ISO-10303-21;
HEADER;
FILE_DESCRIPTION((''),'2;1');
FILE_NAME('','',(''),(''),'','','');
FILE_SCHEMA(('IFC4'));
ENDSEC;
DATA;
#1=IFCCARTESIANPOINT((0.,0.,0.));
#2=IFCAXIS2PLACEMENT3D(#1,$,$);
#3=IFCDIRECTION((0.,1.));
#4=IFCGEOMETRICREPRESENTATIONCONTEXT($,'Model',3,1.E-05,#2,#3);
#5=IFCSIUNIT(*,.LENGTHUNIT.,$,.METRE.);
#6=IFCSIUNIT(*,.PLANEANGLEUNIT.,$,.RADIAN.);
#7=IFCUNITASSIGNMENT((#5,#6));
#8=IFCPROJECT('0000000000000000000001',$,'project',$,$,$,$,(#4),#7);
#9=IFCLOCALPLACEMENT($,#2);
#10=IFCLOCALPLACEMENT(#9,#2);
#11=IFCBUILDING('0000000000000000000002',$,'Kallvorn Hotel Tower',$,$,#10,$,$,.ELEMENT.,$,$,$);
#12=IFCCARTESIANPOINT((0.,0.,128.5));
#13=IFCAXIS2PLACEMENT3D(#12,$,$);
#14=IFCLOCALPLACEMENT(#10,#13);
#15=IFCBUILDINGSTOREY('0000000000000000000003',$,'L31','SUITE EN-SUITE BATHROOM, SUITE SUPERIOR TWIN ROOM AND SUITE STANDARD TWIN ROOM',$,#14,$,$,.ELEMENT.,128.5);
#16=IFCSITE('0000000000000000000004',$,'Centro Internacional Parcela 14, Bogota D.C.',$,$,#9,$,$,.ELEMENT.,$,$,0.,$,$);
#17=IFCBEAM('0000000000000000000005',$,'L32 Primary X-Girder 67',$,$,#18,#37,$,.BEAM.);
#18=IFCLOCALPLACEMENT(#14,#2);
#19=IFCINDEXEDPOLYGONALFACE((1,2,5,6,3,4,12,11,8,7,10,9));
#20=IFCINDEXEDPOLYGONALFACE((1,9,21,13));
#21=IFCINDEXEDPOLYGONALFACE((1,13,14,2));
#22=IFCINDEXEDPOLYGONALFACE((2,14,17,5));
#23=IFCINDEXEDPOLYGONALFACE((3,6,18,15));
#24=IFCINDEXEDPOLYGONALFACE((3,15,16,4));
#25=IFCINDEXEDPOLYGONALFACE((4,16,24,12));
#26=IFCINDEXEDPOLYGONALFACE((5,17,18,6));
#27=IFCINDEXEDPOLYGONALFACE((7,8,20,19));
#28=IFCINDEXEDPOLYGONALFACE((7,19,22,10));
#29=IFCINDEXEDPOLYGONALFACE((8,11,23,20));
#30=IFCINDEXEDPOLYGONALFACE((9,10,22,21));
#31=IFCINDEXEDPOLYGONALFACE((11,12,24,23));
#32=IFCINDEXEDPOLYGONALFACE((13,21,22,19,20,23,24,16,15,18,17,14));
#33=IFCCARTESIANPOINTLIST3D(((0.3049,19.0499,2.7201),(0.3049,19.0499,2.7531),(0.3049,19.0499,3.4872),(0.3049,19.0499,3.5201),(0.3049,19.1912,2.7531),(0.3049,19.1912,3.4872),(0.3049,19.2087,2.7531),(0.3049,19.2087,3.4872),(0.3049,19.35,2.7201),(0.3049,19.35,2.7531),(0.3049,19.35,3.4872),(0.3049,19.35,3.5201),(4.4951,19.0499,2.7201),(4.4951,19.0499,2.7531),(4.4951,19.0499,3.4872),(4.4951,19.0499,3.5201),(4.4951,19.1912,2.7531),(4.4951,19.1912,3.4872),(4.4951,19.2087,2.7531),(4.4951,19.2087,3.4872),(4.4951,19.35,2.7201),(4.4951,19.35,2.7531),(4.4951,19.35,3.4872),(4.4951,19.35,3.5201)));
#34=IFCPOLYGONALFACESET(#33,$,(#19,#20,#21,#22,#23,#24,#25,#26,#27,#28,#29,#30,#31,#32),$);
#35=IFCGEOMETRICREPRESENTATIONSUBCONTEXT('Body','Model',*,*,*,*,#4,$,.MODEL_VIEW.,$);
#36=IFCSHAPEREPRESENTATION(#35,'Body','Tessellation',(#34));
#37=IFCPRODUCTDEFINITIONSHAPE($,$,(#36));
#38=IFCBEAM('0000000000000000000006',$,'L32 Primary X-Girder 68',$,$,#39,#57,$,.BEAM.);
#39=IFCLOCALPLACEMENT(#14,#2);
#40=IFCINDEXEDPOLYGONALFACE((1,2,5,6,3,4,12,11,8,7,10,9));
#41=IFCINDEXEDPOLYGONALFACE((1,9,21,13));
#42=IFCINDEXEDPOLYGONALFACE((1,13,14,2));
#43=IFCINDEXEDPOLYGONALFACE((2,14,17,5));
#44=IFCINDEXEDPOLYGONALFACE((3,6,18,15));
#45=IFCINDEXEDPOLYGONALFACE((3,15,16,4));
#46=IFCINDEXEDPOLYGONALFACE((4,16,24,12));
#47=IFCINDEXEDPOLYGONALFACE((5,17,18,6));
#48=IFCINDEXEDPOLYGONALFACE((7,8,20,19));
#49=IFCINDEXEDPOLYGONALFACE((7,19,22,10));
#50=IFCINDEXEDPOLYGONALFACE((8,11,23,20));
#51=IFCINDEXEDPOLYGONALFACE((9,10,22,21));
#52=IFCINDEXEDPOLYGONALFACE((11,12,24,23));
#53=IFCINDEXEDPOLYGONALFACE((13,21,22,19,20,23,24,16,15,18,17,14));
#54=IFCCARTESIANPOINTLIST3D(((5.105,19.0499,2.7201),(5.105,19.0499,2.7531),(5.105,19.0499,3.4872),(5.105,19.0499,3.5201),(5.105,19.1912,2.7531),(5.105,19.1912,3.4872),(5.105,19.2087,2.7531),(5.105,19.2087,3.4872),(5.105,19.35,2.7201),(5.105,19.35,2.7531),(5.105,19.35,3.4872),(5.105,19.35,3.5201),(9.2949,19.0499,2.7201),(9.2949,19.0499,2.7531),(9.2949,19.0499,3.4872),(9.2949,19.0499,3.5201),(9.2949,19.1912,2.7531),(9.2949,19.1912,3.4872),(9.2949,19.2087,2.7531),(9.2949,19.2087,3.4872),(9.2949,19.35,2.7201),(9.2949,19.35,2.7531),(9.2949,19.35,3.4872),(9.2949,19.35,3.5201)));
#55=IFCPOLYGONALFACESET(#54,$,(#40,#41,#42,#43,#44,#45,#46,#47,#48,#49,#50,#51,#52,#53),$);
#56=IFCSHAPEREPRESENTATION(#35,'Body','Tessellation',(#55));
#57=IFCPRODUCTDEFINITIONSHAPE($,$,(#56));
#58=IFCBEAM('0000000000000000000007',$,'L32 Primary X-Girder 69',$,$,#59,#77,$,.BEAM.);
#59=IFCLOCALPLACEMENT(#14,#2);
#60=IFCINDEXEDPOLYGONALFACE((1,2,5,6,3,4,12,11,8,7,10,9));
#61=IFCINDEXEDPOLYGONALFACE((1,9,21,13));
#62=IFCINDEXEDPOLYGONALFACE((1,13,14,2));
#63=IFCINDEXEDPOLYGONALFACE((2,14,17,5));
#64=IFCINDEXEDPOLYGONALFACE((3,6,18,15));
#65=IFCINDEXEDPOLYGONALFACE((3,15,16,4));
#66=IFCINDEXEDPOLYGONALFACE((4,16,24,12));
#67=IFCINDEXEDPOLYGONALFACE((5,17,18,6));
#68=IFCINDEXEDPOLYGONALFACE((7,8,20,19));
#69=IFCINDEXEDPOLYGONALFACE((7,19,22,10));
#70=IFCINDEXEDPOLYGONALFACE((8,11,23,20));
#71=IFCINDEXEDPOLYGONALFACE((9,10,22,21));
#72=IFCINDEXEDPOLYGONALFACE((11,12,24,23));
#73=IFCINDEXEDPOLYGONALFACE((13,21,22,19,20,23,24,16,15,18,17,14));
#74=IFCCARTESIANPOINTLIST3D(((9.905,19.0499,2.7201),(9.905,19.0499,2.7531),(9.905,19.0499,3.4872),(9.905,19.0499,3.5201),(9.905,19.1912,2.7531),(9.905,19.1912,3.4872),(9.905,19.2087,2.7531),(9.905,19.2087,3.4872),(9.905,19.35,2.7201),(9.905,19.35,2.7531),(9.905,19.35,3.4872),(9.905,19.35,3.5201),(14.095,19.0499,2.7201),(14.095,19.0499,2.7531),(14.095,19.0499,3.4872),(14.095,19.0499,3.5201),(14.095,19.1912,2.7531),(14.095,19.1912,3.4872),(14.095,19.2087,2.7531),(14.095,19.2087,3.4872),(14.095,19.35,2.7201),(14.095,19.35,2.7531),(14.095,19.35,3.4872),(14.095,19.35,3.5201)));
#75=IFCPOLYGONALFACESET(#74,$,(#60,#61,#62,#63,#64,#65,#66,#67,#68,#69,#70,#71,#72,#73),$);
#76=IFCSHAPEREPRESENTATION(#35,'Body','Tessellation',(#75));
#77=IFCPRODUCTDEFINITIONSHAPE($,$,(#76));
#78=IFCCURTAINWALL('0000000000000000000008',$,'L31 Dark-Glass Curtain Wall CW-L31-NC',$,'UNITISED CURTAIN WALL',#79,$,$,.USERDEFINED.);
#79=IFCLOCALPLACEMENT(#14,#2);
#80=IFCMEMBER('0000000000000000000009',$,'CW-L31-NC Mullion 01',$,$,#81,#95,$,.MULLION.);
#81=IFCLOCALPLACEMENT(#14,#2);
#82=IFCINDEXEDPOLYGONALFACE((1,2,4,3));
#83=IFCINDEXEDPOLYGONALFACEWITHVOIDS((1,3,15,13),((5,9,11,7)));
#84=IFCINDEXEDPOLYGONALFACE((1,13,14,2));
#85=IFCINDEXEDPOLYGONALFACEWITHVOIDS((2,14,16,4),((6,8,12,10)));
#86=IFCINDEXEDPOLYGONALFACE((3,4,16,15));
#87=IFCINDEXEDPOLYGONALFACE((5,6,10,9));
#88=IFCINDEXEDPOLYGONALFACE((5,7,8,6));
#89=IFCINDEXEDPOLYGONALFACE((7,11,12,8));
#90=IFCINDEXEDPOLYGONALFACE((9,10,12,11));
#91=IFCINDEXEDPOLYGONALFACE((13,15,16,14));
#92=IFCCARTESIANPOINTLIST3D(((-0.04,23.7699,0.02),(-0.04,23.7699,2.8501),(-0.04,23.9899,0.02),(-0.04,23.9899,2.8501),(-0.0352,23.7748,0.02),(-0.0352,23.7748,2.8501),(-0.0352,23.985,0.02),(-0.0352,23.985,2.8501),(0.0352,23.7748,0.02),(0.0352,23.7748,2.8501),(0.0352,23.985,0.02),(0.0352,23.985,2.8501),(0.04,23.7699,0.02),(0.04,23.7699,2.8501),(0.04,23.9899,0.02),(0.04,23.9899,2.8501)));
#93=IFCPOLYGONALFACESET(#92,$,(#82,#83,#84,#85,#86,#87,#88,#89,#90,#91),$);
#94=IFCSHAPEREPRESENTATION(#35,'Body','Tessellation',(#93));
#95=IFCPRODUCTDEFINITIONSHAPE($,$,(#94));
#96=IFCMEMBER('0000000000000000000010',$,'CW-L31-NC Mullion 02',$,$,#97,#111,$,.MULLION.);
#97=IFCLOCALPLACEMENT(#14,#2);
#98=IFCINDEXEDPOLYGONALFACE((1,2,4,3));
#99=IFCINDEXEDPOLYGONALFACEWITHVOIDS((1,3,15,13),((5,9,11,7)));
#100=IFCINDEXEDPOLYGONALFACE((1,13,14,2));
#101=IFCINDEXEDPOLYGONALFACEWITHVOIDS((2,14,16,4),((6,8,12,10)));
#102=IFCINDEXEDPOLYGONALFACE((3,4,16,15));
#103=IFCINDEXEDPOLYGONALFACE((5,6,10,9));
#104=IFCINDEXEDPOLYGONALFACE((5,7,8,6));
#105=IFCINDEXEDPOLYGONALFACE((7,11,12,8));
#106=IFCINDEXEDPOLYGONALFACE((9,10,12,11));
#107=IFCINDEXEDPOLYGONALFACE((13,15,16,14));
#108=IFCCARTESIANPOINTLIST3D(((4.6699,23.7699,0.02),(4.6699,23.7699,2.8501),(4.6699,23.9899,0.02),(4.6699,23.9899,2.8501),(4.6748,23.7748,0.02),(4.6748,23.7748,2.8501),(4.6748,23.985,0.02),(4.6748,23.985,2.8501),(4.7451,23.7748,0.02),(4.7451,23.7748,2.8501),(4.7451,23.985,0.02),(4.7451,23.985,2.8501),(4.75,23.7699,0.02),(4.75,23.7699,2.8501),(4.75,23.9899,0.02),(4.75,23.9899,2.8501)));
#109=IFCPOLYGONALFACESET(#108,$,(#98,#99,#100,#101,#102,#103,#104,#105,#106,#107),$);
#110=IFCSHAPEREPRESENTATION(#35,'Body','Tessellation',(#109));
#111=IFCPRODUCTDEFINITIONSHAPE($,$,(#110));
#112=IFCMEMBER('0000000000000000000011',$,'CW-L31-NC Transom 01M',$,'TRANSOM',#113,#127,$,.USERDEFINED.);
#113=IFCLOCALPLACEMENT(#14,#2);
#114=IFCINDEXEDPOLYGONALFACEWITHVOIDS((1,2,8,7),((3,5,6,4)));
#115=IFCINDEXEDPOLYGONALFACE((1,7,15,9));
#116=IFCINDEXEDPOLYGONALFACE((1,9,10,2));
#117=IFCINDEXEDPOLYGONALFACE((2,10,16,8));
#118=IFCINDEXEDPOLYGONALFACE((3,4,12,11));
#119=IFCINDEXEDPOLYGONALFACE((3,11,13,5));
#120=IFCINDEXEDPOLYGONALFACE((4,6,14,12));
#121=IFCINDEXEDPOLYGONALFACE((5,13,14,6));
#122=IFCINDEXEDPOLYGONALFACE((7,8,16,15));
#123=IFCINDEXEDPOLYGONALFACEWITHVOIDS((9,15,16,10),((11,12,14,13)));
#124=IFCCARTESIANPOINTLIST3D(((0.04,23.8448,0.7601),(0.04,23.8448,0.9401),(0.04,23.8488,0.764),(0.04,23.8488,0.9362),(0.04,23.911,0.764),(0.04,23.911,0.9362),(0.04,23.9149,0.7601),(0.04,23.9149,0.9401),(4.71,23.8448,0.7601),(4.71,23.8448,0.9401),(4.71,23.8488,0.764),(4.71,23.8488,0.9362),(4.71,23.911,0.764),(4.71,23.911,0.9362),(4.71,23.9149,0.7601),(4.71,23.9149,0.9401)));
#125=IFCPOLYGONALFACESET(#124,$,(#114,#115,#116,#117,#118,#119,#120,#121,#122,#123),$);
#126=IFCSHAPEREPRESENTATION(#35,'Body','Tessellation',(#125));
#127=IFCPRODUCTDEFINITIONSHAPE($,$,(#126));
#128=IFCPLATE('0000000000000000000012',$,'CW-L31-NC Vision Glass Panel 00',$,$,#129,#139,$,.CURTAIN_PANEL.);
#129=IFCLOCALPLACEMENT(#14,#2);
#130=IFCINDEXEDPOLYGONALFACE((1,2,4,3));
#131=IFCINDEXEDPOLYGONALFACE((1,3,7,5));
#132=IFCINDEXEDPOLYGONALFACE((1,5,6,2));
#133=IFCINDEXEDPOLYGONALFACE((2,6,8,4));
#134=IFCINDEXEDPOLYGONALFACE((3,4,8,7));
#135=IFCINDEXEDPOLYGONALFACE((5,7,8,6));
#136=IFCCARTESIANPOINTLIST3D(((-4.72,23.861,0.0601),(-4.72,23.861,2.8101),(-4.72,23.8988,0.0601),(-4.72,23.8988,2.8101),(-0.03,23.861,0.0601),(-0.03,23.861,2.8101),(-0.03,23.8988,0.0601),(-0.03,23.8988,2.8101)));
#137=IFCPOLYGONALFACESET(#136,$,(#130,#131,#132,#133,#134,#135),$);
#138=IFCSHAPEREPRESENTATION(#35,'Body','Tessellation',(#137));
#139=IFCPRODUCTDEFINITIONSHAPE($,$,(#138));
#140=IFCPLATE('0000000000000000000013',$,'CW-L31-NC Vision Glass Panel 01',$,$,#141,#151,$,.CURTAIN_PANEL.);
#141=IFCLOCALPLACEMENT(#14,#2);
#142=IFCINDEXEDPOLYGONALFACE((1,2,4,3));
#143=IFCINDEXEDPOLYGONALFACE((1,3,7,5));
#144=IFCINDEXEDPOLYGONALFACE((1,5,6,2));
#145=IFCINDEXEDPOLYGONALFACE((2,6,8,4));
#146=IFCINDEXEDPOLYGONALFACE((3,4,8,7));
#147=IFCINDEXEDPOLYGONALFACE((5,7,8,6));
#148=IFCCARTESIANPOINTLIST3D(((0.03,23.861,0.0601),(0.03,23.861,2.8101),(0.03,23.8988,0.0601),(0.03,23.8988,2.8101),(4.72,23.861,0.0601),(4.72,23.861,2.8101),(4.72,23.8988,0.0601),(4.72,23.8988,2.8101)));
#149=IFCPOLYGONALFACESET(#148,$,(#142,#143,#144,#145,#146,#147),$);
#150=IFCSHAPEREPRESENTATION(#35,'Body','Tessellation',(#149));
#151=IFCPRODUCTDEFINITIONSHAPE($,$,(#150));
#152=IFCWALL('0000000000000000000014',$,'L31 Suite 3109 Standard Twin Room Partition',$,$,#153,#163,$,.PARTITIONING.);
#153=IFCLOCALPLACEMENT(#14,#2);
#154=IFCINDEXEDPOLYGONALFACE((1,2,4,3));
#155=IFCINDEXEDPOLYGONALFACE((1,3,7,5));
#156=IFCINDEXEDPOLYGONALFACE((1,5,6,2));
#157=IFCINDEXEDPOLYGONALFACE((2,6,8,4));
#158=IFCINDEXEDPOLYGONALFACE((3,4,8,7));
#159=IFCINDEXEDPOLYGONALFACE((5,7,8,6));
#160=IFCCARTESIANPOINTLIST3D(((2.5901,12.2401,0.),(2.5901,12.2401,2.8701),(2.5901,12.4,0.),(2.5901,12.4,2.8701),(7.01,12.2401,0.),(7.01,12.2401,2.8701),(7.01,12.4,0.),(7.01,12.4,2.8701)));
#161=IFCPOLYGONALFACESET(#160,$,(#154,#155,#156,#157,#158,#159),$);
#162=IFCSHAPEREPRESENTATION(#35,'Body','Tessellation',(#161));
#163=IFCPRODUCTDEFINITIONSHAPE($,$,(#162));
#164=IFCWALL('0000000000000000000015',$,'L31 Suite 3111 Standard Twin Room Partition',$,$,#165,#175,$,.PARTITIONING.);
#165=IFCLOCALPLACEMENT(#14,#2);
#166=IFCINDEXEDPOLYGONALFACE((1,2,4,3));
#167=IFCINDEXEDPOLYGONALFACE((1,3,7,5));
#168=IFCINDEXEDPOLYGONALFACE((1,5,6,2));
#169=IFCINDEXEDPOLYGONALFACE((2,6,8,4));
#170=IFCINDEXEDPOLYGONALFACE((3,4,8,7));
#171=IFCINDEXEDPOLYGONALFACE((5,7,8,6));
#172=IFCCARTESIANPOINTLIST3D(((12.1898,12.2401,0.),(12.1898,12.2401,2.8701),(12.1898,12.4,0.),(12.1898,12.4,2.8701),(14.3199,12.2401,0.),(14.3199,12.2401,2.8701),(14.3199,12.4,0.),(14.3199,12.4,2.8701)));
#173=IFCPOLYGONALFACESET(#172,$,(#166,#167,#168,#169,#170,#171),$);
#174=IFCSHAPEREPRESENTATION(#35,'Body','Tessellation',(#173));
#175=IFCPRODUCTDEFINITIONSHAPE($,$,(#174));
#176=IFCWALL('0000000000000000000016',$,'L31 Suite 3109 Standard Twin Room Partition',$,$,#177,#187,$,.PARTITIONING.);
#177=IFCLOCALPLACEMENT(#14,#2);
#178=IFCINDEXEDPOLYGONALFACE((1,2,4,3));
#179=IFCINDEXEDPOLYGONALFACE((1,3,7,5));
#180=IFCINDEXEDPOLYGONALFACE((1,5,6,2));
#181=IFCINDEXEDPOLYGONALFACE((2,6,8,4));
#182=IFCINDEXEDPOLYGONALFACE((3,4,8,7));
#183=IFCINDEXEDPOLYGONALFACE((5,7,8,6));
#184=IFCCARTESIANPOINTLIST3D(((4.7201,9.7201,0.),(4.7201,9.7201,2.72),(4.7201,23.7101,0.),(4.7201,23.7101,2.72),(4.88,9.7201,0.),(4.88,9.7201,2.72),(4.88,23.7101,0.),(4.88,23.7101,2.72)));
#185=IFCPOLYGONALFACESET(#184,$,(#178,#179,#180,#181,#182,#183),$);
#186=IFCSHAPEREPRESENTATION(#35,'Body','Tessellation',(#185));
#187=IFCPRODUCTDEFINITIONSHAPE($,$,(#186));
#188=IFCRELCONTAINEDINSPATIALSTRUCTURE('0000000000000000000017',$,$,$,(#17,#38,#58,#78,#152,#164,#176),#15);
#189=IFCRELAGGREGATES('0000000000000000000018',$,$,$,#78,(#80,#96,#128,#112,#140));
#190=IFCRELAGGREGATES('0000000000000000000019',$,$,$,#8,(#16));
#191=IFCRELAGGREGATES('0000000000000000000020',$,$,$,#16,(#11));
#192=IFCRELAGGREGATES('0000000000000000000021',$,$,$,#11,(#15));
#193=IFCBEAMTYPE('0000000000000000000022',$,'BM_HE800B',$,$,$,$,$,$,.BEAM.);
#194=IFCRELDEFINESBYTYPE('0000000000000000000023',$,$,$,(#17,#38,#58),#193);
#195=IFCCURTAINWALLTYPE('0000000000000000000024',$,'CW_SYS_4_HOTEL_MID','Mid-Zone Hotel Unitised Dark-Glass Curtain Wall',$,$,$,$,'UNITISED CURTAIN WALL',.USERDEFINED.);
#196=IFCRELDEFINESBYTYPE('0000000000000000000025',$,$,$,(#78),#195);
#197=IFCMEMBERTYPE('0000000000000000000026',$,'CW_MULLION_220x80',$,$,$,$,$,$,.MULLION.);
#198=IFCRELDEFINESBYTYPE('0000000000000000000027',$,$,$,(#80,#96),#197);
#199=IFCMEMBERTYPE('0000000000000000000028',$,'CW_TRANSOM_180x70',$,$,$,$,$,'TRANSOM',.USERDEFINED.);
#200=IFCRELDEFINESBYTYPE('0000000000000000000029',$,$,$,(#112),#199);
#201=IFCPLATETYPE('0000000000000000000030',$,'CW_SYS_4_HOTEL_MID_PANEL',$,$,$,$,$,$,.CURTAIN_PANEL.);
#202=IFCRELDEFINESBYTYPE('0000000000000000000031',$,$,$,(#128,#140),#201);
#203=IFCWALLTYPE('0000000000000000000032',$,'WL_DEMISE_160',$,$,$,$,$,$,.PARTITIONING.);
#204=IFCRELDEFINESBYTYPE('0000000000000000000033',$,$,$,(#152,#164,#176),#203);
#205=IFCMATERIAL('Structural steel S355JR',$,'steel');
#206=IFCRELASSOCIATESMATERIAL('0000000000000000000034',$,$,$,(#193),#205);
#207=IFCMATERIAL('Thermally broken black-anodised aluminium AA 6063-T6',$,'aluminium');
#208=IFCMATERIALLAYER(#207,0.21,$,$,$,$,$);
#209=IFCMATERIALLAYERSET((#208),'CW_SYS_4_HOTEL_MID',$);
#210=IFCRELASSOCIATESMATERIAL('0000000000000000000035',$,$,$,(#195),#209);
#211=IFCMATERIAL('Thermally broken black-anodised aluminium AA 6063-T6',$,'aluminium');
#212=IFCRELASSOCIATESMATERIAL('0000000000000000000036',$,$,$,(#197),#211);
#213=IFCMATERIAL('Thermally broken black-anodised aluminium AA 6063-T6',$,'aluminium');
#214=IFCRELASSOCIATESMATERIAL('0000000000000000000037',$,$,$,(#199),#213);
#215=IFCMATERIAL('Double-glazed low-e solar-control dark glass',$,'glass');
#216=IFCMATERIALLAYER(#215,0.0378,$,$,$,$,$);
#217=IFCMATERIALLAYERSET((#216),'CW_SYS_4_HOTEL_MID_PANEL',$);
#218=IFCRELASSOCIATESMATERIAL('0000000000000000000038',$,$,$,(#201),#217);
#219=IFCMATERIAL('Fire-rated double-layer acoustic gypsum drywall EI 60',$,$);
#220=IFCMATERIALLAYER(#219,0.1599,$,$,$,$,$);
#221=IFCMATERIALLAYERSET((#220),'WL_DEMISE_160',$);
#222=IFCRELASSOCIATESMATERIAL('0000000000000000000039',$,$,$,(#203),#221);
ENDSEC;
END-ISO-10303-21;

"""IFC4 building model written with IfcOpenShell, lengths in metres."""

from ifc_helpers import new_model, si_unit, direction, frame, frame_2d, origin, origin_2d, place, context, subcontext, project, spatial, rectangle, hollow_rectangle, i_section, extrude, material, layer, layer_set, material_profile, profile_set, type_object, element, aggregate, save


model = new_model("IFC4")

# Units and contexts
model_context = context("Model", 3, precision=1e-05, world=origin(), true_north=direction((0.0, 1.0)))
body_context = subcontext(model_context, "Body", "Model", "MODEL_VIEW")
ifc_project = project(units=[si_unit("LENGTHUNIT", "METRE"), si_unit("PLANEANGLEUNIT", "RADIAN")], contexts=[model_context])

# Site, building, storey
site_placement = place(None, origin())
site = spatial("IfcSite", under=ifc_project, at=site_placement, Name="Centro Internacional Parcela 14, Bogota D.C.", CompositionType="ELEMENT", RefElevation=0.0)
building_placement = place(site_placement, origin())
building = spatial("IfcBuilding", under=site, at=building_placement, Name="Kallvorn Hotel Tower", CompositionType="ELEMENT")
storey_placement = place(building_placement, frame((0.0, 0.0, 128.5)))
storey = spatial("IfcBuildingStorey", under=building, at=storey_placement, Name="L31", Description="SUITE EN-SUITE BATHROOM, SUITE SUPERIOR TWIN ROOM AND SUITE STANDARD TWIN ROOM", CompositionType="ELEMENT", Elevation=128.5)

# Beams
ifc_material_1 = material(Name="Structural steel S355JR", Category="steel")
ifc_material_profile_1 = material_profile(ifc_material_1, i_section(OverallWidth=0.3, OverallDepth=0.8, WebThickness=0.0176, FlangeThickness=0.033, at=origin_2d()), Name="HE 800 B")
ifc_profile_set_1 = profile_set([ifc_material_profile_1], Name="Structural steel S355JR")
beam_type_1 = type_object("IfcBeamType", Name="BM_HE800B", PredefinedType="BEAM", material=ifc_profile_set_1)
beam_1_placement = place(storey_placement, frame((0.3049, 19.2, 3.1201), z_axis=(1.0, 0.0, 0.0), x_axis=(0.0, 1.0, 0.0)))
element("IfcBeam", 1, at=beam_1_placement, inside=storey, type_object=beam_type_1, Name="L32 Primary X-Girder 67", PredefinedType="BEAM", context=body_context, shape_type="SweptSolid", body=[
    extrude(i_section(OverallWidth=0.3, OverallDepth=0.8, WebThickness=0.0176, FlangeThickness=0.033, at=origin_2d()), origin(), (0.0, 0.0, 1.0), 4.1902),
])
for number, where, z_axis, x_axis, name in (
    (2, (5.105, 19.2, 3.1201), (1.0, 0.0, 0.0), (0.0, 1.0, 0.0), "L32 Primary X-Girder 68"),
    (3, (9.905, 19.2, 3.1201), (1.0, 0.0, 0.0), (0.0, 1.0, 0.0), "L32 Primary X-Girder 69"),
):
    element("IfcBeam", number, at=place(storey_placement, frame(where, z_axis=z_axis, x_axis=x_axis)), inside=storey, type_object=beam_type_1, Name=name, PredefinedType="BEAM", context=body_context, shape_type="SweptSolid", body=[
        extrude(i_section(OverallWidth=0.3, OverallDepth=0.8, WebThickness=0.0176, FlangeThickness=0.033, at=origin_2d()), origin(), (0.0, 0.0, 1.0), 4.1899),
    ])

# Curtain wall, members, plates
ifc_material_2 = material(Name="Thermally broken black-anodised aluminium AA 6063-T6", Category="aluminium")
ifc_layer_1 = layer(ifc_material_2, 0.21)
ifc_layer_set_1 = layer_set([ifc_layer_1], Name="CW_SYS_4_HOTEL_MID")
curtain_wall_type = type_object("IfcCurtainWallType", Name="CW_SYS_4_HOTEL_MID", Description="Mid-Zone Hotel Unitised Dark-Glass Curtain Wall", ElementType="UNITISED CURTAIN WALL", PredefinedType="USERDEFINED", material=ifc_layer_set_1)
curtain_wall_placement = place(storey_placement, origin())
curtain_wall = element("IfcCurtainWall", 4, at=curtain_wall_placement, inside=storey, type_object=curtain_wall_type, Name="L31 Dark-Glass Curtain Wall CW-L31-NC", ObjectType="UNITISED CURTAIN WALL", PredefinedType="USERDEFINED")
ifc_material_3 = material(Name="Thermally broken black-anodised aluminium AA 6063-T6", Category="aluminium")
ifc_material_profile_2 = material_profile(ifc_material_3, hollow_rectangle(XDim=0.0801, YDim=0.22, WallThickness=0.0049, at=origin_2d()), Name="MUL 220x80")
ifc_profile_set_2 = profile_set([ifc_material_profile_2], Name="Thermally broken black-anodised aluminium AA 6063-T6")
member_type_1 = type_object("IfcMemberType", Name="CW_MULLION_220x80", PredefinedType="MULLION", material=ifc_profile_set_2)
member_1_placement = place(storey_placement, frame((0.0, 23.8799, 0.02), z_axis=(0.0, 0.0, 1.0), x_axis=(1.0, 0.0, 0.0)))
member_1 = element("IfcMember", 5, at=member_1_placement, type_object=member_type_1, Name="CW-L31-NC Mullion 01", PredefinedType="MULLION", context=body_context, shape_type="SweptSolid", body=[
    extrude(hollow_rectangle(XDim=0.0801, YDim=0.22, WallThickness=0.0049, at=origin_2d()), origin(), (0.0, 0.0, 1.0), 2.8301),
])
member_2_placement = place(storey_placement, frame((4.71, 23.8799, 0.02), z_axis=(0.0, 0.0, 1.0), x_axis=(1.0, 0.0, 0.0)))
member_2 = element("IfcMember", 6, at=member_2_placement, type_object=member_type_1, Name="CW-L31-NC Mullion 02", PredefinedType="MULLION", context=body_context, shape_type="SweptSolid", body=[
    extrude(hollow_rectangle(XDim=0.0801, YDim=0.22, WallThickness=0.0049, at=origin_2d()), origin(), (0.0, 0.0, 1.0), 2.8301),
])
ifc_material_4 = material(Name="Thermally broken black-anodised aluminium AA 6063-T6", Category="aluminium")
ifc_material_profile_3 = material_profile(ifc_material_4, hollow_rectangle(XDim=0.0701, YDim=0.1799, WallThickness=0.0039, at=origin_2d()), Name="TRN 180x70")
ifc_profile_set_3 = profile_set([ifc_material_profile_3], Name="Thermally broken black-anodised aluminium AA 6063-T6")
member_type_2 = type_object("IfcMemberType", Name="CW_TRANSOM_180x70", ElementType="TRANSOM", PredefinedType="USERDEFINED", material=ifc_profile_set_3)
member_3_placement = place(storey_placement, frame((0.04, 23.8799, 0.8501), z_axis=(1.0, 0.0, 0.0), x_axis=(0.0, 1.0, 0.0)))
member_3 = element("IfcMember", 7, at=member_3_placement, type_object=member_type_2, Name="CW-L31-NC Transom 01M", ObjectType="TRANSOM", PredefinedType="USERDEFINED", context=body_context, shape_type="SweptSolid", body=[
    extrude(hollow_rectangle(XDim=0.0701, YDim=0.1799, WallThickness=0.0039, at=origin_2d()), origin(), (0.0, 0.0, 1.0), 4.6699),
])
ifc_material_5 = material(Name="Double-glazed low-e solar-control dark glass", Category="glass")
ifc_layer_2 = layer(ifc_material_5, 0.0378)
ifc_layer_set_2 = layer_set([ifc_layer_2], Name="CW_SYS_4_HOTEL_MID_PANEL")
plate_type = type_object("IfcPlateType", Name="CW_SYS_4_HOTEL_MID_PANEL", PredefinedType="CURTAIN_PANEL", material=ifc_layer_set_2)
plate_1_placement = place(storey_placement, frame((-2.375, 23.8799, 0.0601), z_axis=(0.0, 0.0, 1.0), x_axis=(1.0, 0.0, 0.0)))
plate_1 = element("IfcPlate", 8, at=plate_1_placement, type_object=plate_type, Name="CW-L31-NC Vision Glass Panel 00", PredefinedType="CURTAIN_PANEL", context=body_context, shape_type="SweptSolid", body=[
    extrude(rectangle(XDim=4.6899, YDim=0.0378, at=origin_2d()), origin(), (0.0, 0.0, 1.0), 2.75),
])
plate_2_placement = place(storey_placement, frame((2.375, 23.8799, 0.0601), z_axis=(0.0, 0.0, 1.0), x_axis=(1.0, 0.0, 0.0)))
plate_2 = element("IfcPlate", 9, at=plate_2_placement, type_object=plate_type, Name="CW-L31-NC Vision Glass Panel 01", PredefinedType="CURTAIN_PANEL", context=body_context, shape_type="SweptSolid", body=[
    extrude(rectangle(XDim=4.6899, YDim=0.0378, at=origin_2d()), origin(), (0.0, 0.0, 1.0), 2.75),
])
aggregate(curtain_wall, [member_1, member_2, plate_1, member_3, plate_2])

# Walls
ifc_material_6 = material(Name="Fire-rated double-layer acoustic gypsum drywall EI 60")
ifc_layer_3 = layer(ifc_material_6, 0.1599)
ifc_layer_set_3 = layer_set([ifc_layer_3], Name="WL_DEMISE_160")
wall_type_1 = type_object("IfcWallType", Name="WL_DEMISE_160", PredefinedType="PARTITIONING", material=ifc_layer_set_3)
wall_1_placement = place(storey_placement, frame((2.5901, 12.3201, 0.0), z_axis=(0.0, 0.0, 1.0), x_axis=(1.0, 0.0, 0.0)))
element("IfcWall", 10, at=wall_1_placement, inside=storey, type_object=wall_type_1, Name="L31 Suite 3109 Standard Twin Room Partition", PredefinedType="PARTITIONING", context=body_context, shape_type="SweptSolid", body=[
    extrude(rectangle(XDim=4.4199, YDim=0.1599, at=frame_2d((2.21, 0.0))), origin(), (0.0, 0.0, 1.0), 2.8701),
])
wall_2_placement = place(storey_placement, frame((12.1899, 12.3201, 0.0), z_axis=(0.0, 0.0, 1.0), x_axis=(1.0, 0.0, 0.0)))
element("IfcWall", 11, at=wall_2_placement, inside=storey, type_object=wall_type_1, Name="L31 Suite 3111 Standard Twin Room Partition", PredefinedType="PARTITIONING", context=body_context, shape_type="SweptSolid", body=[
    extrude(rectangle(XDim=2.1301, YDim=0.1599, at=frame_2d((1.0649, 0.0))), origin(), (0.0, 0.0, 1.0), 2.8701),
])
wall_3_placement = place(storey_placement, frame((4.8, 9.72, 0.0), z_axis=(0.0, 0.0, 1.0), x_axis=(0.0, 1.0, 0.0)))
element("IfcWall", 12, at=wall_3_placement, inside=storey, type_object=wall_type_1, Name="L31 Suite 3109 Standard Twin Room Partition", PredefinedType="PARTITIONING", context=body_context, shape_type="SweptSolid", body=[
    extrude(rectangle(XDim=13.99, YDim=0.1599, at=frame_2d((6.9951, 0.0))), origin(), (0.0, 0.0, 1.0), 2.72),
])

save(model, "model.ifc")
